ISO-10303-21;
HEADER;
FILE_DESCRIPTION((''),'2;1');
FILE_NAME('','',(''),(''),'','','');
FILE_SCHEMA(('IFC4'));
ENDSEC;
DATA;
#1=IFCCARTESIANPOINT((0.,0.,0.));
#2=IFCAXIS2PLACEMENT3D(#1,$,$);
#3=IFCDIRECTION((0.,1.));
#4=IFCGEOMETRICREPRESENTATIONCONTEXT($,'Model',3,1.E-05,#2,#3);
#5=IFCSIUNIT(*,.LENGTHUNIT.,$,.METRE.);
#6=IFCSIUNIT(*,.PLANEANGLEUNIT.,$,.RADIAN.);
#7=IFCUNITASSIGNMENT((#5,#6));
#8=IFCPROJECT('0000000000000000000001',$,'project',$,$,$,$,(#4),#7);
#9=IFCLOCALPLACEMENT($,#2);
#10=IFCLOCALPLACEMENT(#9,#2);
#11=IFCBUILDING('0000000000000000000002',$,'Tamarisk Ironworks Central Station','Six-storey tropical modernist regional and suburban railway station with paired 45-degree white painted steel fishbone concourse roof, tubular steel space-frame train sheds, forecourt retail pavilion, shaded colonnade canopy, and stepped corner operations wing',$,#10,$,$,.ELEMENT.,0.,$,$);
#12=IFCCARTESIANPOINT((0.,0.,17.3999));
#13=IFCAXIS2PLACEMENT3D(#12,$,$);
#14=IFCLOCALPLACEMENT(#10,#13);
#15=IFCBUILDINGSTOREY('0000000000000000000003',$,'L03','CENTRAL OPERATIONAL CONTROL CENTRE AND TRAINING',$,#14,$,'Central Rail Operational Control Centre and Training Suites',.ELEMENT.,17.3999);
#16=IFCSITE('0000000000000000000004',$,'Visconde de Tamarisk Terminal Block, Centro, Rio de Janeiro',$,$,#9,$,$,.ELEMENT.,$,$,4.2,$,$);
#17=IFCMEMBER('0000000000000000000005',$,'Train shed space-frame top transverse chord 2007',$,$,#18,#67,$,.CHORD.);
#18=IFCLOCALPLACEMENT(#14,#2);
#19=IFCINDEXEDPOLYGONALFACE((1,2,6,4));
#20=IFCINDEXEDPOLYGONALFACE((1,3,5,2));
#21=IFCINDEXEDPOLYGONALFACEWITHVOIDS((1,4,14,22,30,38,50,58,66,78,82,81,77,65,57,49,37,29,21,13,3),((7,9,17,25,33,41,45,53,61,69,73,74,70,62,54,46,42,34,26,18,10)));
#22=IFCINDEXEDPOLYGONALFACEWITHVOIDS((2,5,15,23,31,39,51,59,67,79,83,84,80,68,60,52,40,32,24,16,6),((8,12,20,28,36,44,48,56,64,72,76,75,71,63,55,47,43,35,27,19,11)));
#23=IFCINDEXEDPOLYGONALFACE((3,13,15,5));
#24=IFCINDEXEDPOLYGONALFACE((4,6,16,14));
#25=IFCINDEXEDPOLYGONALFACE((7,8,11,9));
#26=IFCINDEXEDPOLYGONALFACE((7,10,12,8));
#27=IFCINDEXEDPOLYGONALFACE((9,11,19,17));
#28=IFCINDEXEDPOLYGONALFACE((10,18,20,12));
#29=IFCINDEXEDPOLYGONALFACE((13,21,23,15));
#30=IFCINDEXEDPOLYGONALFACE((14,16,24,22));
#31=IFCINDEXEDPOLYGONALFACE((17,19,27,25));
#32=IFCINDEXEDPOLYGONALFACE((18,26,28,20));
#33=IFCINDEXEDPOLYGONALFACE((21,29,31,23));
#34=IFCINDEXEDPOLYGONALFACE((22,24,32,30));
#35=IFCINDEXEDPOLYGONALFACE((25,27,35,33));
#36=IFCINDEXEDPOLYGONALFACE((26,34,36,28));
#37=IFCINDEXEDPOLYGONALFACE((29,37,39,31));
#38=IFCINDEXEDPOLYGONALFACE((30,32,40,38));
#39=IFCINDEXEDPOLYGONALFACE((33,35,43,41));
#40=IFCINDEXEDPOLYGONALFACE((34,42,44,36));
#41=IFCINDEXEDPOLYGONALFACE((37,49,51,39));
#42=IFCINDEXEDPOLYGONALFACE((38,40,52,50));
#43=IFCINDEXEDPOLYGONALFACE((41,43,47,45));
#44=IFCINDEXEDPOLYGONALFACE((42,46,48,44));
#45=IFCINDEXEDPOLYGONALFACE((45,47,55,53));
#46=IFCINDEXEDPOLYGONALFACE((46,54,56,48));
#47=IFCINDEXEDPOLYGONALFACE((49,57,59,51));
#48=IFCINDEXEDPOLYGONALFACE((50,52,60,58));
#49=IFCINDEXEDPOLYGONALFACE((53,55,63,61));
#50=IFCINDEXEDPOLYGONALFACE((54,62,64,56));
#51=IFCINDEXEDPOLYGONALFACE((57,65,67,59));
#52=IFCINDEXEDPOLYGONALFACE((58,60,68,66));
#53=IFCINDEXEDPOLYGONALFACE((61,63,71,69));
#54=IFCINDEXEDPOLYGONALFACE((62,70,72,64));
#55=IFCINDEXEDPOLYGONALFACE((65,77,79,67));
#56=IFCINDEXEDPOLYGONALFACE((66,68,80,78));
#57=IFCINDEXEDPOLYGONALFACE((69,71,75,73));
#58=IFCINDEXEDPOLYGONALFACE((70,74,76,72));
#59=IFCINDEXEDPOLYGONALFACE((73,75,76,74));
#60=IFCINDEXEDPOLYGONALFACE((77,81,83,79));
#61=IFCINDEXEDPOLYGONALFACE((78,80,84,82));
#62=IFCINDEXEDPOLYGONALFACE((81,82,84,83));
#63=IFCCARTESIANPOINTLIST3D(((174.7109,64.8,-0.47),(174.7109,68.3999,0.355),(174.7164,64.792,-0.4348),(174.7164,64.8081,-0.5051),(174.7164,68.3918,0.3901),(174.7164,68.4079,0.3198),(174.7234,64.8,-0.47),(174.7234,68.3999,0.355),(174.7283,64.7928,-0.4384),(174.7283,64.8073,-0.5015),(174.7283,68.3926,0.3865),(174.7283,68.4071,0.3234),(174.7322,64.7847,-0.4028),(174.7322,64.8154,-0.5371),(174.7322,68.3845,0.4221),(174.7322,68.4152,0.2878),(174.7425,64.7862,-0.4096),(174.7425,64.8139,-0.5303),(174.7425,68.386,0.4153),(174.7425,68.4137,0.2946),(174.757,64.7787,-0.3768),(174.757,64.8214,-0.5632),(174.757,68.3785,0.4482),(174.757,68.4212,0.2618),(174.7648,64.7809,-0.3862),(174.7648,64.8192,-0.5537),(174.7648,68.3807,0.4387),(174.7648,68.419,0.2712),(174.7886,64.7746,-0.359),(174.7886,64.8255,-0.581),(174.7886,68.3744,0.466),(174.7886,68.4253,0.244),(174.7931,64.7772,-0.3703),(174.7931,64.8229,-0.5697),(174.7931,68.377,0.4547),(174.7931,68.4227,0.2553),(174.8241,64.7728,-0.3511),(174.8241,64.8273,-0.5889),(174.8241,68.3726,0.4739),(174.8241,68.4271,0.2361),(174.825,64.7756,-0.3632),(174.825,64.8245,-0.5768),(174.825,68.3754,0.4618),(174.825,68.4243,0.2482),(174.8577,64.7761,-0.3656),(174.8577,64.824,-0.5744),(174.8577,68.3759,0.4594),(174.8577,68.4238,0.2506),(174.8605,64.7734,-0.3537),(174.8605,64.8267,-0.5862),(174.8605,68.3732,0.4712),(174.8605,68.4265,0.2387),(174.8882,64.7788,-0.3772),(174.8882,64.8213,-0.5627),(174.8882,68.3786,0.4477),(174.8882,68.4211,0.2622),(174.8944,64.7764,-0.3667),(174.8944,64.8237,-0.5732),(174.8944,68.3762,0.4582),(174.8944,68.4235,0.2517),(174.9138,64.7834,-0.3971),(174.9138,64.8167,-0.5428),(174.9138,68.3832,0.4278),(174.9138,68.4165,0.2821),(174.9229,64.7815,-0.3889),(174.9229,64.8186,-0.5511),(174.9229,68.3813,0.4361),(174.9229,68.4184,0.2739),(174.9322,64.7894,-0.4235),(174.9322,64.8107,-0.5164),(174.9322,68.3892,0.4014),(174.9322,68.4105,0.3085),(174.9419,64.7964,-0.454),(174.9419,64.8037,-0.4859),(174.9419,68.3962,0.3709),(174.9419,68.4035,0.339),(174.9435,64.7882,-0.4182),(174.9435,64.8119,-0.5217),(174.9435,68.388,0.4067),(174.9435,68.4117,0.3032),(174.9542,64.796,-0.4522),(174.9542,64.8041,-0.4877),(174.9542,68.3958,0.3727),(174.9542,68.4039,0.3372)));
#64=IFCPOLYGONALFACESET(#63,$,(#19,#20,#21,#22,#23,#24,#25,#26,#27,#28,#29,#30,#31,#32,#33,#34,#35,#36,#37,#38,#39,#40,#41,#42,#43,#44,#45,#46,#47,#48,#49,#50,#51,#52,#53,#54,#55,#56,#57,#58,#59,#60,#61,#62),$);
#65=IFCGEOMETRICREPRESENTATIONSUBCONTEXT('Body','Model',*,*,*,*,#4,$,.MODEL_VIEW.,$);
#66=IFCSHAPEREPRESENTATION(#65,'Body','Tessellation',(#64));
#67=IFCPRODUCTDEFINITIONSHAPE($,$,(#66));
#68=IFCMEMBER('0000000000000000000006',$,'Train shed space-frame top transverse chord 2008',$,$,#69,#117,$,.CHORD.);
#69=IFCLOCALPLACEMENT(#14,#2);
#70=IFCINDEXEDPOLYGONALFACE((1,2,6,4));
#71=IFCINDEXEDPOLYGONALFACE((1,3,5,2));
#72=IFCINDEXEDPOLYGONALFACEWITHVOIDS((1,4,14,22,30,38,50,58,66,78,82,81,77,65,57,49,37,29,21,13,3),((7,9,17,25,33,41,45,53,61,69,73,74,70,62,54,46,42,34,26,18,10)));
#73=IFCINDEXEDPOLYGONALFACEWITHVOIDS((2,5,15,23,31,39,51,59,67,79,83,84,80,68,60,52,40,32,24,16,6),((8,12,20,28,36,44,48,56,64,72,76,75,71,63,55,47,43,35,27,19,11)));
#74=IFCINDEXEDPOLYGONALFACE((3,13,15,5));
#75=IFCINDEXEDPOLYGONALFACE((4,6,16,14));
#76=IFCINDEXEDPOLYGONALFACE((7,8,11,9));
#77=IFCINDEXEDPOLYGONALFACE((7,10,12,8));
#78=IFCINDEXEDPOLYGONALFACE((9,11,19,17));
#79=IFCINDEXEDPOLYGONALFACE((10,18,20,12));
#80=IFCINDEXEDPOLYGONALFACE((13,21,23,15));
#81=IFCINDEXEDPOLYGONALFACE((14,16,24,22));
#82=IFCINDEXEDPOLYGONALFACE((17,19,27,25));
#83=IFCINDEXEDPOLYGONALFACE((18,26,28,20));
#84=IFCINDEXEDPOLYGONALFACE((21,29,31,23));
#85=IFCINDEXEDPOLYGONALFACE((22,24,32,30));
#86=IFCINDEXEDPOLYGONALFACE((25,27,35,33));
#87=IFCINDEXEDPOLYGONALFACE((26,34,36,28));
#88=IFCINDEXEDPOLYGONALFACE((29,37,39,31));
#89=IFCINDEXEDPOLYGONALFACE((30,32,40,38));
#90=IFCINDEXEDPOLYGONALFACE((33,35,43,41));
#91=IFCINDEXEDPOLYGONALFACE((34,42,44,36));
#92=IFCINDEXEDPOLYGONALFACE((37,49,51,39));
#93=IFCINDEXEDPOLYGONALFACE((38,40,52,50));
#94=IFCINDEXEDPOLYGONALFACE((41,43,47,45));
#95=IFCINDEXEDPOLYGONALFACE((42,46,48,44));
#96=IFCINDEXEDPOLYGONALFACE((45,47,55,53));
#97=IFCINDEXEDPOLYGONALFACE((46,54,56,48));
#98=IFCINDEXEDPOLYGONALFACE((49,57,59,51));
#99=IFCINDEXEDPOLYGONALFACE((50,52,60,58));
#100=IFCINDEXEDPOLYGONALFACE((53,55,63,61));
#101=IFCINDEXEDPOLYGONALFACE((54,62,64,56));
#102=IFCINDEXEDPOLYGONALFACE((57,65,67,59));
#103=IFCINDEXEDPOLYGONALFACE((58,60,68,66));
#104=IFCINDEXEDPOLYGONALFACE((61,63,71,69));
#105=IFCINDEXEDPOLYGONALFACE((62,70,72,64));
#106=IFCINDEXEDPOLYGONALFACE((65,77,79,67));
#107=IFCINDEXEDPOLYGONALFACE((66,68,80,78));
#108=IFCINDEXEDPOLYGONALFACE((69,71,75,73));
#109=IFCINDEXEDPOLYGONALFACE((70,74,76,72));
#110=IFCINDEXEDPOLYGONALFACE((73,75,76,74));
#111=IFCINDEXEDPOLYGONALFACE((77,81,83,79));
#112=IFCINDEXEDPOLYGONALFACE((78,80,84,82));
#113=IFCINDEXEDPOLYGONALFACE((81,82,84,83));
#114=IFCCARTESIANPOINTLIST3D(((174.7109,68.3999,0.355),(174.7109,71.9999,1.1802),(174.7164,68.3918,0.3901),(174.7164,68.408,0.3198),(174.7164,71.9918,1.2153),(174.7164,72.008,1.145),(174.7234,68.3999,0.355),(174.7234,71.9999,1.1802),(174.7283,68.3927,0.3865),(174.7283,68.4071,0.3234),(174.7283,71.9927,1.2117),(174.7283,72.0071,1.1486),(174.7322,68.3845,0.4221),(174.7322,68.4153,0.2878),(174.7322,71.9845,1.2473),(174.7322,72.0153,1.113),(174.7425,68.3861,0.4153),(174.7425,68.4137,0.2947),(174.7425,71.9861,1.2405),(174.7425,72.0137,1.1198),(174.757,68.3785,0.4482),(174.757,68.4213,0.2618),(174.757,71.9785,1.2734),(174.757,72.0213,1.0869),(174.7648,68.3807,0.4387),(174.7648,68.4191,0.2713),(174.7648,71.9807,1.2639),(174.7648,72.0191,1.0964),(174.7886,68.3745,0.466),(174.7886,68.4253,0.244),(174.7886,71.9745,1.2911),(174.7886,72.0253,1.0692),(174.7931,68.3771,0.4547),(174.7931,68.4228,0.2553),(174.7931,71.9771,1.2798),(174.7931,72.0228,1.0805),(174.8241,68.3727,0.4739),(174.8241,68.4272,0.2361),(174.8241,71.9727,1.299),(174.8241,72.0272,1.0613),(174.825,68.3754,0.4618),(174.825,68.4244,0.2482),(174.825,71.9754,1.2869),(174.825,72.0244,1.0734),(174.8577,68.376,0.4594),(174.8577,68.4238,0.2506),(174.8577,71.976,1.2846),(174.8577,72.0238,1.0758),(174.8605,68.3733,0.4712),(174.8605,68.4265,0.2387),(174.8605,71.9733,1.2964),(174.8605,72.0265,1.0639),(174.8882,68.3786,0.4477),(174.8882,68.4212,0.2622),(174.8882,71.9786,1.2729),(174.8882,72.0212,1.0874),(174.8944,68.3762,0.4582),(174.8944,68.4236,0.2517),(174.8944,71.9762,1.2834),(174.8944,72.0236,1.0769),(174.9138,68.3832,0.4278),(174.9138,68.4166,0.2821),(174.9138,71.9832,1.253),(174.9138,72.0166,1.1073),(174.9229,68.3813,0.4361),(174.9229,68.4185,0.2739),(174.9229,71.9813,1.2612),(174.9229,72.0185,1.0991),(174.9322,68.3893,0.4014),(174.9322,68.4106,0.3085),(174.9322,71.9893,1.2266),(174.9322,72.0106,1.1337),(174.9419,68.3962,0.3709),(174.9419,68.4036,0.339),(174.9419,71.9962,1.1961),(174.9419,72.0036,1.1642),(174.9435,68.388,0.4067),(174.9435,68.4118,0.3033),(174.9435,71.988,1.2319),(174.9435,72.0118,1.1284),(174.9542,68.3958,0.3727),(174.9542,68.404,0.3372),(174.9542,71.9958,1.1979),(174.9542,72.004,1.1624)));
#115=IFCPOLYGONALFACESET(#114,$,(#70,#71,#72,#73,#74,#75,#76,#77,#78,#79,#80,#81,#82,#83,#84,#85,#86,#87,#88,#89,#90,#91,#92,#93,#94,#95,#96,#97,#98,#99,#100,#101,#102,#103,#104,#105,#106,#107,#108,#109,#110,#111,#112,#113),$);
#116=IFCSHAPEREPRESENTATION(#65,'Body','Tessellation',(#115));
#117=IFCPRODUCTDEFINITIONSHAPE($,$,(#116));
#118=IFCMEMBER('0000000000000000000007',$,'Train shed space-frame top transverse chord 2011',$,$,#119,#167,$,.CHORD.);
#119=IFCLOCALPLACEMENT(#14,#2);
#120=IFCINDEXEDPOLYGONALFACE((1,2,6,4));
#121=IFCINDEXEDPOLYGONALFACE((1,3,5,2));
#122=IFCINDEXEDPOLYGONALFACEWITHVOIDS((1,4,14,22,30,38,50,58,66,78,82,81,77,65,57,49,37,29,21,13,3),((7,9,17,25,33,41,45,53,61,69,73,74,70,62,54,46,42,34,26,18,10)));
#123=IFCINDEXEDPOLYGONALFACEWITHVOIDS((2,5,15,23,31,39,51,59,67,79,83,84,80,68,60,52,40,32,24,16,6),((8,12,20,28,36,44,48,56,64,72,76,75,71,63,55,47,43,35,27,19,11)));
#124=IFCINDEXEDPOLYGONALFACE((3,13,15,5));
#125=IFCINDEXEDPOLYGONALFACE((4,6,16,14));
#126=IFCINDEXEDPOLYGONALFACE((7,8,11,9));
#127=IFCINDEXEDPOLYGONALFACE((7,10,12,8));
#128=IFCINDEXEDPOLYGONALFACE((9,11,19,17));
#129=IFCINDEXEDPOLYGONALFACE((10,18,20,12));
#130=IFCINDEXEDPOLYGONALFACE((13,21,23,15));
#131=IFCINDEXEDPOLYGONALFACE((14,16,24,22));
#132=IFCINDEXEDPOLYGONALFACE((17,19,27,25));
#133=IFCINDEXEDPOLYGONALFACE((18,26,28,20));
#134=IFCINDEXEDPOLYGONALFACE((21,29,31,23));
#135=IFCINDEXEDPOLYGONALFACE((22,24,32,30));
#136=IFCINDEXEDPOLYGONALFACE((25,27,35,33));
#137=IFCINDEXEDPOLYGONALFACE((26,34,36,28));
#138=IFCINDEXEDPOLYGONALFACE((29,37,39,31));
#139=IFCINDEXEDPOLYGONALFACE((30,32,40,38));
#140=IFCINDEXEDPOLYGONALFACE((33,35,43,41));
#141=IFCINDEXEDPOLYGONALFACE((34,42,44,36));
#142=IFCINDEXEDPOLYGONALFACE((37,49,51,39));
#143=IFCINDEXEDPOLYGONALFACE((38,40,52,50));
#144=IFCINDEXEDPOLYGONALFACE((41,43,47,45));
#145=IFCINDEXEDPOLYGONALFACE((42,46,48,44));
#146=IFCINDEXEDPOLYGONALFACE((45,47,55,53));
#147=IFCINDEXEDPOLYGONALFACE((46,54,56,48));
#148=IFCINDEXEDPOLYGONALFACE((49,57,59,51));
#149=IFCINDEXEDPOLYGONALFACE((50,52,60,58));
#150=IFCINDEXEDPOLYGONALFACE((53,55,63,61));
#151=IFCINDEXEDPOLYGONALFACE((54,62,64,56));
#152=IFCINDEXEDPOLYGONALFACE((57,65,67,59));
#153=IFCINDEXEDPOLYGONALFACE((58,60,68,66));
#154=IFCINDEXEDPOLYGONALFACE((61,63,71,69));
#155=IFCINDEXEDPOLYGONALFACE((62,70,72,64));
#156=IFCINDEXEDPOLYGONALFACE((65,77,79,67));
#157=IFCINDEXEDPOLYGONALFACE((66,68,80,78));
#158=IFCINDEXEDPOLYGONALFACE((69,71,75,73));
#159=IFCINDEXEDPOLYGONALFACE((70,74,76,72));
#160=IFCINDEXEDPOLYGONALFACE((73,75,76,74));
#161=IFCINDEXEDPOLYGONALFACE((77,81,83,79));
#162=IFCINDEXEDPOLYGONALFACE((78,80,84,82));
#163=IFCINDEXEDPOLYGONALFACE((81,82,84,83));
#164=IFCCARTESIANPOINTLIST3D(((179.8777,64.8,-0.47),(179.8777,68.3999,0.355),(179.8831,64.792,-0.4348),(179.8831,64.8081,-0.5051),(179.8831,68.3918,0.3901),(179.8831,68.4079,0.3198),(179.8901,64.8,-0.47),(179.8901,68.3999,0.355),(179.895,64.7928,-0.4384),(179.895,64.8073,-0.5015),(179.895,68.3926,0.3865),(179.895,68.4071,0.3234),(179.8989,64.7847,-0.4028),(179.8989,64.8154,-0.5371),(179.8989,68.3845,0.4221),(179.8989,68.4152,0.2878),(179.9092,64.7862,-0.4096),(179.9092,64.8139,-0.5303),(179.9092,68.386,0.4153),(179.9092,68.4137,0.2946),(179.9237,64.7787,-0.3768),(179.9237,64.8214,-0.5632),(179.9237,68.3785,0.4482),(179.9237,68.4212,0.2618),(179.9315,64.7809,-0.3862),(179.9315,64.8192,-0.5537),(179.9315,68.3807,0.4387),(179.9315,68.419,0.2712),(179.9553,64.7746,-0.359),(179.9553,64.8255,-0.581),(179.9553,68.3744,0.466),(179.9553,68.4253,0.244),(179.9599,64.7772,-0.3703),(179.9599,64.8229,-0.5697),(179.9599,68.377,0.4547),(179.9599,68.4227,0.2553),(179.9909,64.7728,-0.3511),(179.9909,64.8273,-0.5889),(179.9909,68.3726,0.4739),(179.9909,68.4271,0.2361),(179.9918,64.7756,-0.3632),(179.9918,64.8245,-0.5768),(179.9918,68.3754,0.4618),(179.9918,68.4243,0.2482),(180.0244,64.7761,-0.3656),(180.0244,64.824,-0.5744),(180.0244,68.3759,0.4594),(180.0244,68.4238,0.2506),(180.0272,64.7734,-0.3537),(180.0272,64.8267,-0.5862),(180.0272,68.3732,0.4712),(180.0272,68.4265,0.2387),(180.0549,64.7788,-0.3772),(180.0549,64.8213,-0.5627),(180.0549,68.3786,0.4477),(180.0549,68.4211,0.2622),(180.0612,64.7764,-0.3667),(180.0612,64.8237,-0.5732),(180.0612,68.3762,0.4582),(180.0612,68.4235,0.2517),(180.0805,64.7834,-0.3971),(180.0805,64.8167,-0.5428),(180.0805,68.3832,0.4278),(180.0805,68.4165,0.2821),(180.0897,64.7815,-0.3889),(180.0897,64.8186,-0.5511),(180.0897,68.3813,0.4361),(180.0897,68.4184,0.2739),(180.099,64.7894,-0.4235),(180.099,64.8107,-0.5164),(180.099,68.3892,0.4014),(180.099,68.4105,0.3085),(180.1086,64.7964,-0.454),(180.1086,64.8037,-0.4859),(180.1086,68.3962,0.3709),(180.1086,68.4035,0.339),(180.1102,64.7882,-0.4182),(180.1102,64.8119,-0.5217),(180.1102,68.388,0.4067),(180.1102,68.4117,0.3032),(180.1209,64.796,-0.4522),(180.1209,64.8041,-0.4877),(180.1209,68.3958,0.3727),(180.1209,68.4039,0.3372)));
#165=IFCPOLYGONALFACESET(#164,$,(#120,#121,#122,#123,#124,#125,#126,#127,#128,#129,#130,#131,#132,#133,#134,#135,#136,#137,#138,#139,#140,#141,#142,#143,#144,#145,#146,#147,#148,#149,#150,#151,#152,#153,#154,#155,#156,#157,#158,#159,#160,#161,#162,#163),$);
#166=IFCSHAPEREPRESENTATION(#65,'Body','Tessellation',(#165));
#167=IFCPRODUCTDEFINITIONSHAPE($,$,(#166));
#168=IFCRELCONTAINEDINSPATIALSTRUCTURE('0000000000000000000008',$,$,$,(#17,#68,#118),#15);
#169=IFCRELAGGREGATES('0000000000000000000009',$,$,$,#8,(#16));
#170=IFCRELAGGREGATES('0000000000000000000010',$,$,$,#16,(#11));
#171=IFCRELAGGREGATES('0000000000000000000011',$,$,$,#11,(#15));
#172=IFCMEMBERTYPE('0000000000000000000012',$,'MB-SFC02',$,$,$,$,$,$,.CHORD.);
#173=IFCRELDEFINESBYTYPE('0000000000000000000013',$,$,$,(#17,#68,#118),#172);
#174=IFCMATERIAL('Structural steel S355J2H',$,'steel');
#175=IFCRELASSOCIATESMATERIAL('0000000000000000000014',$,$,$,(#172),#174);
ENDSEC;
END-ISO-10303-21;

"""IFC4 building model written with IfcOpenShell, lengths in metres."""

from ifc_helpers import new_model, si_unit, direction, frame, origin, origin_2d, place, context, subcontext, project, spatial, hollow_circle, extrude, material, material_profile, profile_set, type_object, element, save


model = new_model("IFC4")

# Units and contexts
model_context = context("Model", 3, precision=1e-05, world=origin(), true_north=direction((0.0, 1.0)))
body_context = subcontext(model_context, "Body", "Model", "MODEL_VIEW")
ifc_project = project(units=[si_unit("LENGTHUNIT", "METRE"), si_unit("PLANEANGLEUNIT", "RADIAN")], contexts=[model_context])

# Site, building, storey
site_placement = place(None, origin())
site = spatial("IfcSite", under=ifc_project, at=site_placement, Name="Visconde de Tamarisk Terminal Block, Centro, Rio de Janeiro", CompositionType="ELEMENT", RefElevation=4.2)
building_placement = place(site_placement, origin())
building = spatial("IfcBuilding", under=site, at=building_placement, Name="Tamarisk Ironworks Central Station", Description="Six-storey tropical modernist regional and suburban railway station with paired 45-degree white painted steel fishbone concourse roof, tubular steel space-frame train sheds, forecourt retail pavilion, shaded colonnade canopy, and stepped corner operations wing", CompositionType="ELEMENT", ElevationOfRefHeight=0.0)
storey_placement = place(building_placement, frame((0.0, 0.0, 17.3999)))
storey = spatial("IfcBuildingStorey", under=building, at=storey_placement, Name="L03", Description="CENTRAL OPERATIONAL CONTROL CENTRE AND TRAINING", LongName="Central Rail Operational Control Centre and Training Suites", CompositionType="ELEMENT", Elevation=17.3999)

# Members
ifc_material = material(Name="Structural steel S355J2H", Category="steel")
ifc_material_profile_1 = material_profile(ifc_material, hollow_circle(Radius=0.1223, WallThickness=0.0125, at=origin_2d()), Name="CHS 244.5x12.5")
ifc_profile_set_1 = profile_set([ifc_material_profile_1], Name="Structural steel S355J2H")
member_type_1 = type_object("IfcMemberType", Name="MB-SFC02", PredefinedType="CHORD", material=ifc_profile_set_1)
member_1_placement = place(storey_placement, frame((174.8333, 64.8, -0.47), z_axis=(0.0, 0.974733, 0.223372), x_axis=(-1.0, 0.0, 0.0)))
element("IfcMember", 1, at=member_1_placement, inside=storey, type_object=member_type_1, Name="Train shed space-frame top transverse chord 2007", PredefinedType="CHORD", context=body_context, shape_type="SweptSolid", body=[
    extrude(hollow_circle(Radius=0.1223, WallThickness=0.0125, at=origin_2d()), origin(), (0.0, 0.0, 1.0), 3.6931),
])
member_2_placement = place(storey_placement, frame((174.8333, 68.3999, 0.355), z_axis=(0.0, 0.974722, 0.223421), x_axis=(-1.0, 0.0, 0.0)))
element("IfcMember", 2, at=member_2_placement, inside=storey, type_object=member_type_1, Name="Train shed space-frame top transverse chord 2008", PredefinedType="CHORD", context=body_context, shape_type="SweptSolid", body=[
    extrude(hollow_circle(Radius=0.1223, WallThickness=0.0125, at=origin_2d()), origin(), (0.0, 0.0, 1.0), 3.6934),
])
member_3_placement = place(storey_placement, frame((180.0, 64.8, -0.47), z_axis=(0.0, 0.974733, 0.223372), x_axis=(-1.0, 0.0, 0.0)))
element("IfcMember", 3, at=member_3_placement, inside=storey, type_object=member_type_1, Name="Train shed space-frame top transverse chord 2011", PredefinedType="CHORD", context=body_context, shape_type="SweptSolid", body=[
    extrude(hollow_circle(Radius=0.1223, WallThickness=0.0125, at=origin_2d()), origin(), (0.0, 0.0, 1.0), 3.6931),
])

save(model, "model.ifc")
